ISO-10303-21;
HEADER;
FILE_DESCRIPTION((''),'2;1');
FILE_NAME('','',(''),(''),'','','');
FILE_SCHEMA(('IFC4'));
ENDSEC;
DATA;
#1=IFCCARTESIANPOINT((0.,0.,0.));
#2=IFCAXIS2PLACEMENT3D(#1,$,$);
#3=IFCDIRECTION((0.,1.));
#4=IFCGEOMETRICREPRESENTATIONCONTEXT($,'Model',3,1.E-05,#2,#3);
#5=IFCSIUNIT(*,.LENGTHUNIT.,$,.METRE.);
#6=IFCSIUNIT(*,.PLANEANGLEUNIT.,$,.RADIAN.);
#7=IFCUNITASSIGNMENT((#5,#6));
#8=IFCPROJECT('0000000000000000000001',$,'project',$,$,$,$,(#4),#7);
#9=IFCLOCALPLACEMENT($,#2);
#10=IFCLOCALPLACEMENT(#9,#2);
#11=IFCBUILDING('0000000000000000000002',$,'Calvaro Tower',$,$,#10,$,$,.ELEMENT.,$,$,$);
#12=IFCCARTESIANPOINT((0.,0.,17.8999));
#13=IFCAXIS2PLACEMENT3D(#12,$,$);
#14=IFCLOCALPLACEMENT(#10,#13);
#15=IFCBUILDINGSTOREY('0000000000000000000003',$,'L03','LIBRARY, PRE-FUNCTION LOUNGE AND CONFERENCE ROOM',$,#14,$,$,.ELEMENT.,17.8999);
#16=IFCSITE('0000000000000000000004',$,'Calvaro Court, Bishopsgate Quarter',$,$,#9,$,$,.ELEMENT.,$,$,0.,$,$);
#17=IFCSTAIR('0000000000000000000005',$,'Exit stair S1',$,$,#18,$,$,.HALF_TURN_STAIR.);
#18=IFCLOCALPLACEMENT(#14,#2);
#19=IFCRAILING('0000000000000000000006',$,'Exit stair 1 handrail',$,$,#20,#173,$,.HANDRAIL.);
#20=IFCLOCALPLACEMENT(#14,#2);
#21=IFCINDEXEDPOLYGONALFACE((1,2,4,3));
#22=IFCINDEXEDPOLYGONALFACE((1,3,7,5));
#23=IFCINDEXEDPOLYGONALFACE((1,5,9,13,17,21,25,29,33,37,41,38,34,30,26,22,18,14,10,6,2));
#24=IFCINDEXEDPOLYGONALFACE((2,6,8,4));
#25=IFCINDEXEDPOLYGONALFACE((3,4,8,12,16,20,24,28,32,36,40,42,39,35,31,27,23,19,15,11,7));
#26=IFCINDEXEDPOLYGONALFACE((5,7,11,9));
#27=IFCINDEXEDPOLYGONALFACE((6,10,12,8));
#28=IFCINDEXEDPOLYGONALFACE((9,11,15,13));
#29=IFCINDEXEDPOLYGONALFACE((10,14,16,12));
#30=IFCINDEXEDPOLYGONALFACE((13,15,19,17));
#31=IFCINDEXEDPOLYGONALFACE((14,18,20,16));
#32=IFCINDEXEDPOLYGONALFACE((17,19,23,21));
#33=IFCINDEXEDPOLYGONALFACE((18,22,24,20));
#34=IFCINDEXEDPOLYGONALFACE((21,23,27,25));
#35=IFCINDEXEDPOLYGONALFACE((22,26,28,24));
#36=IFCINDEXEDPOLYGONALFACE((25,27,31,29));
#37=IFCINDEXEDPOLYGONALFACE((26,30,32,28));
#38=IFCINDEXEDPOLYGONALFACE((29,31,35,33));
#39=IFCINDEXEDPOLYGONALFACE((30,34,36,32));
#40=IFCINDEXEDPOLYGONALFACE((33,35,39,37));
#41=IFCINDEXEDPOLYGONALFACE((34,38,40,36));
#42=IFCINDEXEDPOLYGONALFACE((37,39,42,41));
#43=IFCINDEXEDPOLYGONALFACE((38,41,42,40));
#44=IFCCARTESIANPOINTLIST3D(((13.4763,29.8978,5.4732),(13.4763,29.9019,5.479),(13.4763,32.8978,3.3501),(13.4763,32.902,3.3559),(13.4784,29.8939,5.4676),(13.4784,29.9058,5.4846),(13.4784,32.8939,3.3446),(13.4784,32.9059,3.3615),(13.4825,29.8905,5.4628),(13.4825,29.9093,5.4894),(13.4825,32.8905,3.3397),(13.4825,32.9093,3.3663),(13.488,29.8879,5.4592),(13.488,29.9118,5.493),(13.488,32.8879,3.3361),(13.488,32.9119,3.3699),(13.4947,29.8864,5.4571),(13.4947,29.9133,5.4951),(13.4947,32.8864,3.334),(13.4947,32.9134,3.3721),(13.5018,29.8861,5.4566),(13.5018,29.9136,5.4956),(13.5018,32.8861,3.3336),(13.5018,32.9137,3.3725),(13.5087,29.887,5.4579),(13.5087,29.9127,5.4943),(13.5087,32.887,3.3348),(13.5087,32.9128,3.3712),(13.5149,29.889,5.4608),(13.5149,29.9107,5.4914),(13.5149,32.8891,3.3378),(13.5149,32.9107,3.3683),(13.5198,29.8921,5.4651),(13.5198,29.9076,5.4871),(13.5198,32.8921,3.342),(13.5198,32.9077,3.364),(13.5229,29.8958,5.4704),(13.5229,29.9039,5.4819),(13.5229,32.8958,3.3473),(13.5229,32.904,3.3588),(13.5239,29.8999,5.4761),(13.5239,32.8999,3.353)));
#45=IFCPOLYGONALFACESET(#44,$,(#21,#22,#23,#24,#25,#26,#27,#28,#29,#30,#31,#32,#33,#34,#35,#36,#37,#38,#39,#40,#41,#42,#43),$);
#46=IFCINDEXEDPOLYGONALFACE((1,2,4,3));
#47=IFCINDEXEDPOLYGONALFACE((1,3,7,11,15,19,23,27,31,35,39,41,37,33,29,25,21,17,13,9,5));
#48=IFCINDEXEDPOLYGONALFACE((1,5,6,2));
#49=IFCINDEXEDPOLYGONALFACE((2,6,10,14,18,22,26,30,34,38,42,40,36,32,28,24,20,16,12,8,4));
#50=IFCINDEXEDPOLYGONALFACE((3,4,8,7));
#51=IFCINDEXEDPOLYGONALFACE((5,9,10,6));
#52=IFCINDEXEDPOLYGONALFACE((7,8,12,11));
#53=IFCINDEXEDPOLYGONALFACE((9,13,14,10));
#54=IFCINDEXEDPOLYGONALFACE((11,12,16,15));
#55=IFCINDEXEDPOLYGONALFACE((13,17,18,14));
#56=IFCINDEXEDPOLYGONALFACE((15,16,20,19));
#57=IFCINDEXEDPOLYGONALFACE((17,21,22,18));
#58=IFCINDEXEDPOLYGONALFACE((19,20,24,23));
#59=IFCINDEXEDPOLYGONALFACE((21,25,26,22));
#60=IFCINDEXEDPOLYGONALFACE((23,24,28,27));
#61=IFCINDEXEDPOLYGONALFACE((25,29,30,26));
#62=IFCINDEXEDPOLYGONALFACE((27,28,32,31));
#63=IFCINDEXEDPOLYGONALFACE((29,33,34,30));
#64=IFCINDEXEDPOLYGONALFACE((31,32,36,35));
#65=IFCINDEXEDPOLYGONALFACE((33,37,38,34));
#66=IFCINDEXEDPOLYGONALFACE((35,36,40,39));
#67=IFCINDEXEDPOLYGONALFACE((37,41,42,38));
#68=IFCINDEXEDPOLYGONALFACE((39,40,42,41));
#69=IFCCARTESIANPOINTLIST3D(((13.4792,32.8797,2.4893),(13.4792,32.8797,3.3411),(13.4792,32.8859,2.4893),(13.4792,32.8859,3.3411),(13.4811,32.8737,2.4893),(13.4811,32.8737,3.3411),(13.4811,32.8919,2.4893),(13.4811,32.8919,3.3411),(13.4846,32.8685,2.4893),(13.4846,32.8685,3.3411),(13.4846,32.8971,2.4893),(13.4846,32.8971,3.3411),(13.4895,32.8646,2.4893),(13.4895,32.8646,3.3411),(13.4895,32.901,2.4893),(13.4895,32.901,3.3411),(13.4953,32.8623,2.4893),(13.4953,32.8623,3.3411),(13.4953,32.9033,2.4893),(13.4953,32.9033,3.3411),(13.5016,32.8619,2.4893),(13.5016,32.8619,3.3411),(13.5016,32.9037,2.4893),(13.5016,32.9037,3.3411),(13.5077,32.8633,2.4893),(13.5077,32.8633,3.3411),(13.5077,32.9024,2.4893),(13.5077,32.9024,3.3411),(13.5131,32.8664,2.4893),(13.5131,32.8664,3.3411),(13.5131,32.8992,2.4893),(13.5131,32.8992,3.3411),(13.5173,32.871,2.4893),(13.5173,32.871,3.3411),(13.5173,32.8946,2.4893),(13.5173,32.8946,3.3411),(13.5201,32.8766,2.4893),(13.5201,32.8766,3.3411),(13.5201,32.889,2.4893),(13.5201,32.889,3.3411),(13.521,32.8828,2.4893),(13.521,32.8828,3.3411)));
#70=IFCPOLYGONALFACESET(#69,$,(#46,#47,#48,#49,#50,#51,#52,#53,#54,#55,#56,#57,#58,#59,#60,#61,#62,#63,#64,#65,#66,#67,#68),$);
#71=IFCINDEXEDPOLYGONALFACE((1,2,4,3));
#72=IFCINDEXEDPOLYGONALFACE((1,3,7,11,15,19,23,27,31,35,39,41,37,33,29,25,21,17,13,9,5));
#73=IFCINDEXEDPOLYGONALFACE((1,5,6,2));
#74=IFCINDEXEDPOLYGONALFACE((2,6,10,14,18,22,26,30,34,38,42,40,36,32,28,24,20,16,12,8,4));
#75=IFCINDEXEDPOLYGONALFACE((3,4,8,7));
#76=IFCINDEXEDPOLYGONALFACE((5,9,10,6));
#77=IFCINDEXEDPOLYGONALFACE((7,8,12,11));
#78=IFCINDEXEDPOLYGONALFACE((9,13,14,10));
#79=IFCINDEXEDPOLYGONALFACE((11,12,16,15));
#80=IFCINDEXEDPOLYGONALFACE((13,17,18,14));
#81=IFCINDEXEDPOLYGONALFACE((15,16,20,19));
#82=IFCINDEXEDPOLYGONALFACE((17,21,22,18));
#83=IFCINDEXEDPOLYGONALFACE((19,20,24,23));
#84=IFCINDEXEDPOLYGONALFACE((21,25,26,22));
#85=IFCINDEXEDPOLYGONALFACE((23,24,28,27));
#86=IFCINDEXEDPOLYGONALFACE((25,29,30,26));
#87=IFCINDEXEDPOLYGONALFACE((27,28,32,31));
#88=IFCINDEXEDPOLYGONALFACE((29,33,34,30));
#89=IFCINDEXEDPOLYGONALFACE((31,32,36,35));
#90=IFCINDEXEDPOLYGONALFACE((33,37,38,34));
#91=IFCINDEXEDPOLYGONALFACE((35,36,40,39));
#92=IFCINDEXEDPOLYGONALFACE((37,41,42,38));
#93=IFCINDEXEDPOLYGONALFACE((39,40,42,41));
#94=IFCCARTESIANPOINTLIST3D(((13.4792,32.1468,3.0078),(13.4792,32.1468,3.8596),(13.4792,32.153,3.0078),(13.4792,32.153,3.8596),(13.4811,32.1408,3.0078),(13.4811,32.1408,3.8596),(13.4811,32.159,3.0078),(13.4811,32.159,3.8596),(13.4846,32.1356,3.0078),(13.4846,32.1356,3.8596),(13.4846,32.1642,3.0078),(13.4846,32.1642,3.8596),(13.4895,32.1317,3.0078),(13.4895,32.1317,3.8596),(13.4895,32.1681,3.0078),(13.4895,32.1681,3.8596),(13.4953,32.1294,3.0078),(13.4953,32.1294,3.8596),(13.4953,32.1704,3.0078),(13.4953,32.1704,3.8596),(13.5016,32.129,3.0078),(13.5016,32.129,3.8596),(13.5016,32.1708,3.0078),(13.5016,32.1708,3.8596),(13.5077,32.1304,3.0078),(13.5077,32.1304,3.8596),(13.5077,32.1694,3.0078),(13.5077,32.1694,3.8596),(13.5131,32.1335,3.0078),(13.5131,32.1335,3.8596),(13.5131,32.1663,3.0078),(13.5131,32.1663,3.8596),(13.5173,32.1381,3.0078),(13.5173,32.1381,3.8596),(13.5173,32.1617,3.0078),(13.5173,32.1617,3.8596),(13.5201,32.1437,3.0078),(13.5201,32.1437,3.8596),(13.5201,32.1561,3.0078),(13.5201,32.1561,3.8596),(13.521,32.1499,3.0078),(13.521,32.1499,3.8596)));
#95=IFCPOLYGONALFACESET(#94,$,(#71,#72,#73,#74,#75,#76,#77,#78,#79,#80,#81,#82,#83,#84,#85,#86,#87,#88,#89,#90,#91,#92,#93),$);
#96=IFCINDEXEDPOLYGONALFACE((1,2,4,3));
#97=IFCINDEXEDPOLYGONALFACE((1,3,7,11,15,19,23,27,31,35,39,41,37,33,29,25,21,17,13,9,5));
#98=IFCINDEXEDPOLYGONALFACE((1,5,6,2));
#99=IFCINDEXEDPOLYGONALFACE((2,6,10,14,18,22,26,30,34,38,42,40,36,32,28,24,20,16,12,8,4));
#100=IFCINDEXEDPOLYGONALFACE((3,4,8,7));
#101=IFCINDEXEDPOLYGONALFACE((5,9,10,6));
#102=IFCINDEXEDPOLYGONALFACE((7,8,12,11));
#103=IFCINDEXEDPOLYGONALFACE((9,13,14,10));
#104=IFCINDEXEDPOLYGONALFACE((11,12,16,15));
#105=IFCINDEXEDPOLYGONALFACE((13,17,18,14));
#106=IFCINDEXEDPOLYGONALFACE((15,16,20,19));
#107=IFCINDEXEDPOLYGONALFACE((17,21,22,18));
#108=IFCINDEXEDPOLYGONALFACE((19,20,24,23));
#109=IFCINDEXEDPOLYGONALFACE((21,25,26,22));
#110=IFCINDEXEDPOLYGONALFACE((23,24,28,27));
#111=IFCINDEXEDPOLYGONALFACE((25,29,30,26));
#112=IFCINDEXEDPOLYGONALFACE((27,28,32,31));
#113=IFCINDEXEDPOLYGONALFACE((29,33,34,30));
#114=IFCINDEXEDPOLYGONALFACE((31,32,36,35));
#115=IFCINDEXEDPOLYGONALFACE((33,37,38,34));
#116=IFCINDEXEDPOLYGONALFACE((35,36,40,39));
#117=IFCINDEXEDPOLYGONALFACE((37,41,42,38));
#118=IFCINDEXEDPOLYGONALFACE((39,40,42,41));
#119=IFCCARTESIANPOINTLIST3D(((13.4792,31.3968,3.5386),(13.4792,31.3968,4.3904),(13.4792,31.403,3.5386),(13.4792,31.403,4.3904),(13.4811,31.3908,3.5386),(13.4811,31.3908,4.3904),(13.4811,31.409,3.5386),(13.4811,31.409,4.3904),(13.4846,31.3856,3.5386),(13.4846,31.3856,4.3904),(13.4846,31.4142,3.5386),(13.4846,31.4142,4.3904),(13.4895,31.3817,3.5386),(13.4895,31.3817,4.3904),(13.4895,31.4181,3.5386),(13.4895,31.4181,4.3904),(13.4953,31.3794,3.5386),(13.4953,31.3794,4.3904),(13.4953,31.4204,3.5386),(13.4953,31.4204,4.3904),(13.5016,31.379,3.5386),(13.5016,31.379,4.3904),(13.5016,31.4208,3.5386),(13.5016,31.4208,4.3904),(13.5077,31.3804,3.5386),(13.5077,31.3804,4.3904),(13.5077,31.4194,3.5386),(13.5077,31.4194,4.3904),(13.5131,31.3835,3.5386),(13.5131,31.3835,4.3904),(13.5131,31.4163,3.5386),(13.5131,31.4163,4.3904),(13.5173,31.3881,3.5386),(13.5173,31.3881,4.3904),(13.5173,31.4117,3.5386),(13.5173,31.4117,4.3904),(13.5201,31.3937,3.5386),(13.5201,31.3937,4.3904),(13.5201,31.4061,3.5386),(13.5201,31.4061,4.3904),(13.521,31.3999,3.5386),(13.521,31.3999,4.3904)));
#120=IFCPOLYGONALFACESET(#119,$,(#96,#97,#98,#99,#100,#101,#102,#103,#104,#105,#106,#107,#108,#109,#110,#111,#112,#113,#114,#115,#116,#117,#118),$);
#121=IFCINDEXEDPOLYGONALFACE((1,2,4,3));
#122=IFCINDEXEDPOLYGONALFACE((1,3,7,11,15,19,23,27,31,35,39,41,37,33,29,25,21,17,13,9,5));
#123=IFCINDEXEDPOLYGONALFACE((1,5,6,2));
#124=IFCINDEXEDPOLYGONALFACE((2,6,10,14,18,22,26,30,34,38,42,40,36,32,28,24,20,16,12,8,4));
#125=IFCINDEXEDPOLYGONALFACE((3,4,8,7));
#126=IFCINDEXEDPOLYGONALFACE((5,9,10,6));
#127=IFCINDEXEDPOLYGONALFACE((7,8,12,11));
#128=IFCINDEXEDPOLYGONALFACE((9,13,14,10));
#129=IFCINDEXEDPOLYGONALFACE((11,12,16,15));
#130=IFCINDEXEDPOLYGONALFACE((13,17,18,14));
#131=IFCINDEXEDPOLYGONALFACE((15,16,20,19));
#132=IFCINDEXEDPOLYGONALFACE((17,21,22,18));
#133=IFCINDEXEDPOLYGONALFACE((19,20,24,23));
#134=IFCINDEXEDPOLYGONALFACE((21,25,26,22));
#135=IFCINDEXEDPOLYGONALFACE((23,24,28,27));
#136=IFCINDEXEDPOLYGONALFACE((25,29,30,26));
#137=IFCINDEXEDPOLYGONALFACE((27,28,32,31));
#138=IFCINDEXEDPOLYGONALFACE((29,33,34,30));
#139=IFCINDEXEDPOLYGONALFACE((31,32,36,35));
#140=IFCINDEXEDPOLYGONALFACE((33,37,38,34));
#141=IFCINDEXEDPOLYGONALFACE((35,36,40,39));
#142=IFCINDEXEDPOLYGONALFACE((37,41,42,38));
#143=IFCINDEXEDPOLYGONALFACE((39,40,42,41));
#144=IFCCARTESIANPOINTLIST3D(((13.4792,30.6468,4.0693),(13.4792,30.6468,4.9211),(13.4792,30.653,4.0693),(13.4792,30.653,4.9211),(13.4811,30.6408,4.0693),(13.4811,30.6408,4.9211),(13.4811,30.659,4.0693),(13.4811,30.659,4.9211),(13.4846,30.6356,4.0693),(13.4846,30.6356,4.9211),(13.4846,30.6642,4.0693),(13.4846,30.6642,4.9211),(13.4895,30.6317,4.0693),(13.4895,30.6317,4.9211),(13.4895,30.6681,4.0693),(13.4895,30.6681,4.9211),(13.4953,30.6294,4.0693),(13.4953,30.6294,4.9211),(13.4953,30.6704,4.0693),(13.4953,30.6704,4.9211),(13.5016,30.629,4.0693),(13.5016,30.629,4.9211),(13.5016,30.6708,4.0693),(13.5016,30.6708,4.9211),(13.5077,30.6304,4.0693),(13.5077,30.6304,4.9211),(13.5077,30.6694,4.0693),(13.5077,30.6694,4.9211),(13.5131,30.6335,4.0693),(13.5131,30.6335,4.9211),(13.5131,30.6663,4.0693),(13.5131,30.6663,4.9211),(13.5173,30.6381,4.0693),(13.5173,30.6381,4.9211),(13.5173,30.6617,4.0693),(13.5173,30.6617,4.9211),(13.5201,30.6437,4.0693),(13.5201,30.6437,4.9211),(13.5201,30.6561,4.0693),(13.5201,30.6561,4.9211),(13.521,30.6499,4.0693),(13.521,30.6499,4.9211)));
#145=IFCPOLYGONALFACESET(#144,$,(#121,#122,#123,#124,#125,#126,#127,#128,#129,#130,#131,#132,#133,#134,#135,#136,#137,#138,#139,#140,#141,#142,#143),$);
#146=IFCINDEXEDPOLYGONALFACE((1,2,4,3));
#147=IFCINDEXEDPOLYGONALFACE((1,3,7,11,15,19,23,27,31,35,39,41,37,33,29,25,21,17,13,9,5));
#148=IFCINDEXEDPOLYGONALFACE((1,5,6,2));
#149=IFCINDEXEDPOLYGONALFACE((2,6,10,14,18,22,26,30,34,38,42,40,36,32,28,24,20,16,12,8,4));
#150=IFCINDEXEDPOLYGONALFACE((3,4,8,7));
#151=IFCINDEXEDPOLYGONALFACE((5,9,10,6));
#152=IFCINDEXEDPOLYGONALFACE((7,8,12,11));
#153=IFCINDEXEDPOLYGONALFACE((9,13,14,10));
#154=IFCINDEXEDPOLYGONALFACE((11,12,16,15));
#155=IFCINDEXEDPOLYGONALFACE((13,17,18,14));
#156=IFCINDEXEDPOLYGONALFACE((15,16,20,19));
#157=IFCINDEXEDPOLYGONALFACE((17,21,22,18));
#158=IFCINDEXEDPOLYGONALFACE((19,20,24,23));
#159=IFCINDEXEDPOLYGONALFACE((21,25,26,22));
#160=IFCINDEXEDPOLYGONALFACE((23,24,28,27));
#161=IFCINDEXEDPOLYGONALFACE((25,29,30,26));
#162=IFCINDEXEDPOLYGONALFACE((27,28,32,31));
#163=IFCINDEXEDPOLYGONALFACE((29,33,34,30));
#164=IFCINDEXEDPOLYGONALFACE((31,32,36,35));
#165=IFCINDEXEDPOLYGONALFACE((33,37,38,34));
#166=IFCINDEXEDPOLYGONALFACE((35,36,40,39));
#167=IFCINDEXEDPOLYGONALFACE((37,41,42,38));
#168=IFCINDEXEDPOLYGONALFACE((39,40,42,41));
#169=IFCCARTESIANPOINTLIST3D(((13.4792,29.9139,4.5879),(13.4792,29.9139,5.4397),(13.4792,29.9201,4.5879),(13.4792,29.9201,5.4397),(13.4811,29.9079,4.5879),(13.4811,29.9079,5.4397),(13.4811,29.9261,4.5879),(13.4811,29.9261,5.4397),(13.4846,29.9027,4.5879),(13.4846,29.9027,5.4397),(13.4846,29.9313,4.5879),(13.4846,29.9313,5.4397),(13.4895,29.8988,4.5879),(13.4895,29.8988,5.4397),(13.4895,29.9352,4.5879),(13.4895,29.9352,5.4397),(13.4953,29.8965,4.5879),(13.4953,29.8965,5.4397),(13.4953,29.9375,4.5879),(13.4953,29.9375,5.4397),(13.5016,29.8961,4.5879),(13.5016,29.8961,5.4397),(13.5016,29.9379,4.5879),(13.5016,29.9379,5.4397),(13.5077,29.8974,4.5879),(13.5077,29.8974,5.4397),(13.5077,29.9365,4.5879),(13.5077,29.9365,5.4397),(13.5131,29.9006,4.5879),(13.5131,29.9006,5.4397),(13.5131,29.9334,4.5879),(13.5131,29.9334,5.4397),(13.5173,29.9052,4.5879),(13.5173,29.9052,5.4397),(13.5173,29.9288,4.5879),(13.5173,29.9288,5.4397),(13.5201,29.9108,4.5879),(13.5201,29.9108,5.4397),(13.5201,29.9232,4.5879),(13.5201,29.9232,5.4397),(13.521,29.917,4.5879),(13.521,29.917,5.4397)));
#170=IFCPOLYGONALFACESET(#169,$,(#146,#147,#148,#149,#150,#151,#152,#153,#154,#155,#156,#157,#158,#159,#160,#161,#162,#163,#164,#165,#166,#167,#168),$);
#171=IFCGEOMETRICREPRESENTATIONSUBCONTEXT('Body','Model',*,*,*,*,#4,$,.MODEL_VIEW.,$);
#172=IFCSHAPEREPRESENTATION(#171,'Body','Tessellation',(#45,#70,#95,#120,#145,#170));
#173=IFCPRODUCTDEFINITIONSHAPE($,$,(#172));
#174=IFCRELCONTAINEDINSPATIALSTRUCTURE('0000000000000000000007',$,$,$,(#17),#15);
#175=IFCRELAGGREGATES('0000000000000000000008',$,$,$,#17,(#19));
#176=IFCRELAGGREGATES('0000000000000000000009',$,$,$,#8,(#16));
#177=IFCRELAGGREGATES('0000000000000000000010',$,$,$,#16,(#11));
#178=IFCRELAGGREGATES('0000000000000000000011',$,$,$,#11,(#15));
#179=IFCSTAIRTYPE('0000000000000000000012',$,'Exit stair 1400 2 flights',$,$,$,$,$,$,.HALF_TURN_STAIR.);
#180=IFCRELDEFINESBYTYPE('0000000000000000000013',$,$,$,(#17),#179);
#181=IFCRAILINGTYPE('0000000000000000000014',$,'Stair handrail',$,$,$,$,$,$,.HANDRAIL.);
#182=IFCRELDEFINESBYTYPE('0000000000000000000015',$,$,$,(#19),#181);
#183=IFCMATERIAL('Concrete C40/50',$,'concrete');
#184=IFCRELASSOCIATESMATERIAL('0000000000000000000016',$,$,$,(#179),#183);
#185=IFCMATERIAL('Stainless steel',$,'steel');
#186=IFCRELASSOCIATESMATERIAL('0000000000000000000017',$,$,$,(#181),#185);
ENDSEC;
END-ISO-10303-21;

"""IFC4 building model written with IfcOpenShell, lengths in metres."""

from ifc_helpers import new_model, si_unit, direction, frame, origin, origin_2d, place, context, subcontext, project, spatial, circle, extrude, material, type_object, element, aggregate, save


model = new_model("IFC4")

# Units and contexts
model_context = context("Model", 3, precision=1e-05, world=origin(), true_north=direction((0.0, 1.0)))
body_context = subcontext(model_context, "Body", "Model", "MODEL_VIEW")
ifc_project = project(units=[si_unit("LENGTHUNIT", "METRE"), si_unit("PLANEANGLEUNIT", "RADIAN")], contexts=[model_context])

# Site, building, storey
site_placement = place(None, origin())
site = spatial("IfcSite", under=ifc_project, at=site_placement, Name="Calvaro Court, Bishopsgate Quarter", CompositionType="ELEMENT", RefElevation=0.0)
building_placement = place(site_placement, origin())
building = spatial("IfcBuilding", under=site, at=building_placement, Name="Calvaro Tower", CompositionType="ELEMENT")
storey_placement = place(building_placement, frame((0.0, 0.0, 17.8999)))
storey = spatial("IfcBuildingStorey", under=building, at=storey_placement, Name="L03", Description="LIBRARY, PRE-FUNCTION LOUNGE AND CONFERENCE ROOM", CompositionType="ELEMENT", Elevation=17.8999)

# Stair, railing
ifc_material_1 = material(Name="Concrete C40/50", Category="concrete")
stair_type = type_object("IfcStairType", Name="Exit stair 1400 2 flights", PredefinedType="HALF_TURN_STAIR", material=ifc_material_1)
stair_placement = place(storey_placement, origin())
stair = element("IfcStair", 1, at=stair_placement, inside=storey, type_object=stair_type, Name="Exit stair S1", PredefinedType="HALF_TURN_STAIR")
ifc_material_2 = material(Name="Stainless steel", Category="steel")
railing_type = type_object("IfcRailingType", Name="Stair handrail", PredefinedType="HANDRAIL", material=ifc_material_2)
railing_placement = place(storey_placement, frame((13.5, 32.8999, 2.4771)))
railing = element("IfcRailing", 2, at=railing_placement, type_object=railing_type, Name="Exit stair 1 handrail", PredefinedType="HANDRAIL", context=body_context, shape_type="SweptSolid", body=[
    extrude(circle(Radius=0.0239, at=origin_2d()), frame((0.0, 0.0, 0.876), z_axis=(0.0, -0.816275, 0.577663), x_axis=(1.0, 0.0, 0.0)), (0.0, 0.0, 1.0), 3.6753),
    extrude(circle(Radius=0.021, at=origin_2d()), frame((0.0, -0.0171, 0.0122)), (0.0, 0.0, 1.0), 0.8518),
    extrude(circle(Radius=0.021, at=origin_2d()), frame((0.0, -0.75, 0.5308)), (0.0, 0.0, 1.0), 0.8518),
    extrude(circle(Radius=0.021, at=origin_2d()), frame((0.0, -1.5, 1.0615)), (0.0, 0.0, 1.0), 0.8518),
    extrude(circle(Radius=0.021, at=origin_2d()), frame((0.0, -2.25, 1.5923)), (0.0, 0.0, 1.0), 0.8518),
    extrude(circle(Radius=0.021, at=origin_2d()), frame((0.0, -2.9829, 2.1108)), (0.0, 0.0, 1.0), 0.8518),
])
aggregate(stair, [railing])

save(model, "model.ifc")
